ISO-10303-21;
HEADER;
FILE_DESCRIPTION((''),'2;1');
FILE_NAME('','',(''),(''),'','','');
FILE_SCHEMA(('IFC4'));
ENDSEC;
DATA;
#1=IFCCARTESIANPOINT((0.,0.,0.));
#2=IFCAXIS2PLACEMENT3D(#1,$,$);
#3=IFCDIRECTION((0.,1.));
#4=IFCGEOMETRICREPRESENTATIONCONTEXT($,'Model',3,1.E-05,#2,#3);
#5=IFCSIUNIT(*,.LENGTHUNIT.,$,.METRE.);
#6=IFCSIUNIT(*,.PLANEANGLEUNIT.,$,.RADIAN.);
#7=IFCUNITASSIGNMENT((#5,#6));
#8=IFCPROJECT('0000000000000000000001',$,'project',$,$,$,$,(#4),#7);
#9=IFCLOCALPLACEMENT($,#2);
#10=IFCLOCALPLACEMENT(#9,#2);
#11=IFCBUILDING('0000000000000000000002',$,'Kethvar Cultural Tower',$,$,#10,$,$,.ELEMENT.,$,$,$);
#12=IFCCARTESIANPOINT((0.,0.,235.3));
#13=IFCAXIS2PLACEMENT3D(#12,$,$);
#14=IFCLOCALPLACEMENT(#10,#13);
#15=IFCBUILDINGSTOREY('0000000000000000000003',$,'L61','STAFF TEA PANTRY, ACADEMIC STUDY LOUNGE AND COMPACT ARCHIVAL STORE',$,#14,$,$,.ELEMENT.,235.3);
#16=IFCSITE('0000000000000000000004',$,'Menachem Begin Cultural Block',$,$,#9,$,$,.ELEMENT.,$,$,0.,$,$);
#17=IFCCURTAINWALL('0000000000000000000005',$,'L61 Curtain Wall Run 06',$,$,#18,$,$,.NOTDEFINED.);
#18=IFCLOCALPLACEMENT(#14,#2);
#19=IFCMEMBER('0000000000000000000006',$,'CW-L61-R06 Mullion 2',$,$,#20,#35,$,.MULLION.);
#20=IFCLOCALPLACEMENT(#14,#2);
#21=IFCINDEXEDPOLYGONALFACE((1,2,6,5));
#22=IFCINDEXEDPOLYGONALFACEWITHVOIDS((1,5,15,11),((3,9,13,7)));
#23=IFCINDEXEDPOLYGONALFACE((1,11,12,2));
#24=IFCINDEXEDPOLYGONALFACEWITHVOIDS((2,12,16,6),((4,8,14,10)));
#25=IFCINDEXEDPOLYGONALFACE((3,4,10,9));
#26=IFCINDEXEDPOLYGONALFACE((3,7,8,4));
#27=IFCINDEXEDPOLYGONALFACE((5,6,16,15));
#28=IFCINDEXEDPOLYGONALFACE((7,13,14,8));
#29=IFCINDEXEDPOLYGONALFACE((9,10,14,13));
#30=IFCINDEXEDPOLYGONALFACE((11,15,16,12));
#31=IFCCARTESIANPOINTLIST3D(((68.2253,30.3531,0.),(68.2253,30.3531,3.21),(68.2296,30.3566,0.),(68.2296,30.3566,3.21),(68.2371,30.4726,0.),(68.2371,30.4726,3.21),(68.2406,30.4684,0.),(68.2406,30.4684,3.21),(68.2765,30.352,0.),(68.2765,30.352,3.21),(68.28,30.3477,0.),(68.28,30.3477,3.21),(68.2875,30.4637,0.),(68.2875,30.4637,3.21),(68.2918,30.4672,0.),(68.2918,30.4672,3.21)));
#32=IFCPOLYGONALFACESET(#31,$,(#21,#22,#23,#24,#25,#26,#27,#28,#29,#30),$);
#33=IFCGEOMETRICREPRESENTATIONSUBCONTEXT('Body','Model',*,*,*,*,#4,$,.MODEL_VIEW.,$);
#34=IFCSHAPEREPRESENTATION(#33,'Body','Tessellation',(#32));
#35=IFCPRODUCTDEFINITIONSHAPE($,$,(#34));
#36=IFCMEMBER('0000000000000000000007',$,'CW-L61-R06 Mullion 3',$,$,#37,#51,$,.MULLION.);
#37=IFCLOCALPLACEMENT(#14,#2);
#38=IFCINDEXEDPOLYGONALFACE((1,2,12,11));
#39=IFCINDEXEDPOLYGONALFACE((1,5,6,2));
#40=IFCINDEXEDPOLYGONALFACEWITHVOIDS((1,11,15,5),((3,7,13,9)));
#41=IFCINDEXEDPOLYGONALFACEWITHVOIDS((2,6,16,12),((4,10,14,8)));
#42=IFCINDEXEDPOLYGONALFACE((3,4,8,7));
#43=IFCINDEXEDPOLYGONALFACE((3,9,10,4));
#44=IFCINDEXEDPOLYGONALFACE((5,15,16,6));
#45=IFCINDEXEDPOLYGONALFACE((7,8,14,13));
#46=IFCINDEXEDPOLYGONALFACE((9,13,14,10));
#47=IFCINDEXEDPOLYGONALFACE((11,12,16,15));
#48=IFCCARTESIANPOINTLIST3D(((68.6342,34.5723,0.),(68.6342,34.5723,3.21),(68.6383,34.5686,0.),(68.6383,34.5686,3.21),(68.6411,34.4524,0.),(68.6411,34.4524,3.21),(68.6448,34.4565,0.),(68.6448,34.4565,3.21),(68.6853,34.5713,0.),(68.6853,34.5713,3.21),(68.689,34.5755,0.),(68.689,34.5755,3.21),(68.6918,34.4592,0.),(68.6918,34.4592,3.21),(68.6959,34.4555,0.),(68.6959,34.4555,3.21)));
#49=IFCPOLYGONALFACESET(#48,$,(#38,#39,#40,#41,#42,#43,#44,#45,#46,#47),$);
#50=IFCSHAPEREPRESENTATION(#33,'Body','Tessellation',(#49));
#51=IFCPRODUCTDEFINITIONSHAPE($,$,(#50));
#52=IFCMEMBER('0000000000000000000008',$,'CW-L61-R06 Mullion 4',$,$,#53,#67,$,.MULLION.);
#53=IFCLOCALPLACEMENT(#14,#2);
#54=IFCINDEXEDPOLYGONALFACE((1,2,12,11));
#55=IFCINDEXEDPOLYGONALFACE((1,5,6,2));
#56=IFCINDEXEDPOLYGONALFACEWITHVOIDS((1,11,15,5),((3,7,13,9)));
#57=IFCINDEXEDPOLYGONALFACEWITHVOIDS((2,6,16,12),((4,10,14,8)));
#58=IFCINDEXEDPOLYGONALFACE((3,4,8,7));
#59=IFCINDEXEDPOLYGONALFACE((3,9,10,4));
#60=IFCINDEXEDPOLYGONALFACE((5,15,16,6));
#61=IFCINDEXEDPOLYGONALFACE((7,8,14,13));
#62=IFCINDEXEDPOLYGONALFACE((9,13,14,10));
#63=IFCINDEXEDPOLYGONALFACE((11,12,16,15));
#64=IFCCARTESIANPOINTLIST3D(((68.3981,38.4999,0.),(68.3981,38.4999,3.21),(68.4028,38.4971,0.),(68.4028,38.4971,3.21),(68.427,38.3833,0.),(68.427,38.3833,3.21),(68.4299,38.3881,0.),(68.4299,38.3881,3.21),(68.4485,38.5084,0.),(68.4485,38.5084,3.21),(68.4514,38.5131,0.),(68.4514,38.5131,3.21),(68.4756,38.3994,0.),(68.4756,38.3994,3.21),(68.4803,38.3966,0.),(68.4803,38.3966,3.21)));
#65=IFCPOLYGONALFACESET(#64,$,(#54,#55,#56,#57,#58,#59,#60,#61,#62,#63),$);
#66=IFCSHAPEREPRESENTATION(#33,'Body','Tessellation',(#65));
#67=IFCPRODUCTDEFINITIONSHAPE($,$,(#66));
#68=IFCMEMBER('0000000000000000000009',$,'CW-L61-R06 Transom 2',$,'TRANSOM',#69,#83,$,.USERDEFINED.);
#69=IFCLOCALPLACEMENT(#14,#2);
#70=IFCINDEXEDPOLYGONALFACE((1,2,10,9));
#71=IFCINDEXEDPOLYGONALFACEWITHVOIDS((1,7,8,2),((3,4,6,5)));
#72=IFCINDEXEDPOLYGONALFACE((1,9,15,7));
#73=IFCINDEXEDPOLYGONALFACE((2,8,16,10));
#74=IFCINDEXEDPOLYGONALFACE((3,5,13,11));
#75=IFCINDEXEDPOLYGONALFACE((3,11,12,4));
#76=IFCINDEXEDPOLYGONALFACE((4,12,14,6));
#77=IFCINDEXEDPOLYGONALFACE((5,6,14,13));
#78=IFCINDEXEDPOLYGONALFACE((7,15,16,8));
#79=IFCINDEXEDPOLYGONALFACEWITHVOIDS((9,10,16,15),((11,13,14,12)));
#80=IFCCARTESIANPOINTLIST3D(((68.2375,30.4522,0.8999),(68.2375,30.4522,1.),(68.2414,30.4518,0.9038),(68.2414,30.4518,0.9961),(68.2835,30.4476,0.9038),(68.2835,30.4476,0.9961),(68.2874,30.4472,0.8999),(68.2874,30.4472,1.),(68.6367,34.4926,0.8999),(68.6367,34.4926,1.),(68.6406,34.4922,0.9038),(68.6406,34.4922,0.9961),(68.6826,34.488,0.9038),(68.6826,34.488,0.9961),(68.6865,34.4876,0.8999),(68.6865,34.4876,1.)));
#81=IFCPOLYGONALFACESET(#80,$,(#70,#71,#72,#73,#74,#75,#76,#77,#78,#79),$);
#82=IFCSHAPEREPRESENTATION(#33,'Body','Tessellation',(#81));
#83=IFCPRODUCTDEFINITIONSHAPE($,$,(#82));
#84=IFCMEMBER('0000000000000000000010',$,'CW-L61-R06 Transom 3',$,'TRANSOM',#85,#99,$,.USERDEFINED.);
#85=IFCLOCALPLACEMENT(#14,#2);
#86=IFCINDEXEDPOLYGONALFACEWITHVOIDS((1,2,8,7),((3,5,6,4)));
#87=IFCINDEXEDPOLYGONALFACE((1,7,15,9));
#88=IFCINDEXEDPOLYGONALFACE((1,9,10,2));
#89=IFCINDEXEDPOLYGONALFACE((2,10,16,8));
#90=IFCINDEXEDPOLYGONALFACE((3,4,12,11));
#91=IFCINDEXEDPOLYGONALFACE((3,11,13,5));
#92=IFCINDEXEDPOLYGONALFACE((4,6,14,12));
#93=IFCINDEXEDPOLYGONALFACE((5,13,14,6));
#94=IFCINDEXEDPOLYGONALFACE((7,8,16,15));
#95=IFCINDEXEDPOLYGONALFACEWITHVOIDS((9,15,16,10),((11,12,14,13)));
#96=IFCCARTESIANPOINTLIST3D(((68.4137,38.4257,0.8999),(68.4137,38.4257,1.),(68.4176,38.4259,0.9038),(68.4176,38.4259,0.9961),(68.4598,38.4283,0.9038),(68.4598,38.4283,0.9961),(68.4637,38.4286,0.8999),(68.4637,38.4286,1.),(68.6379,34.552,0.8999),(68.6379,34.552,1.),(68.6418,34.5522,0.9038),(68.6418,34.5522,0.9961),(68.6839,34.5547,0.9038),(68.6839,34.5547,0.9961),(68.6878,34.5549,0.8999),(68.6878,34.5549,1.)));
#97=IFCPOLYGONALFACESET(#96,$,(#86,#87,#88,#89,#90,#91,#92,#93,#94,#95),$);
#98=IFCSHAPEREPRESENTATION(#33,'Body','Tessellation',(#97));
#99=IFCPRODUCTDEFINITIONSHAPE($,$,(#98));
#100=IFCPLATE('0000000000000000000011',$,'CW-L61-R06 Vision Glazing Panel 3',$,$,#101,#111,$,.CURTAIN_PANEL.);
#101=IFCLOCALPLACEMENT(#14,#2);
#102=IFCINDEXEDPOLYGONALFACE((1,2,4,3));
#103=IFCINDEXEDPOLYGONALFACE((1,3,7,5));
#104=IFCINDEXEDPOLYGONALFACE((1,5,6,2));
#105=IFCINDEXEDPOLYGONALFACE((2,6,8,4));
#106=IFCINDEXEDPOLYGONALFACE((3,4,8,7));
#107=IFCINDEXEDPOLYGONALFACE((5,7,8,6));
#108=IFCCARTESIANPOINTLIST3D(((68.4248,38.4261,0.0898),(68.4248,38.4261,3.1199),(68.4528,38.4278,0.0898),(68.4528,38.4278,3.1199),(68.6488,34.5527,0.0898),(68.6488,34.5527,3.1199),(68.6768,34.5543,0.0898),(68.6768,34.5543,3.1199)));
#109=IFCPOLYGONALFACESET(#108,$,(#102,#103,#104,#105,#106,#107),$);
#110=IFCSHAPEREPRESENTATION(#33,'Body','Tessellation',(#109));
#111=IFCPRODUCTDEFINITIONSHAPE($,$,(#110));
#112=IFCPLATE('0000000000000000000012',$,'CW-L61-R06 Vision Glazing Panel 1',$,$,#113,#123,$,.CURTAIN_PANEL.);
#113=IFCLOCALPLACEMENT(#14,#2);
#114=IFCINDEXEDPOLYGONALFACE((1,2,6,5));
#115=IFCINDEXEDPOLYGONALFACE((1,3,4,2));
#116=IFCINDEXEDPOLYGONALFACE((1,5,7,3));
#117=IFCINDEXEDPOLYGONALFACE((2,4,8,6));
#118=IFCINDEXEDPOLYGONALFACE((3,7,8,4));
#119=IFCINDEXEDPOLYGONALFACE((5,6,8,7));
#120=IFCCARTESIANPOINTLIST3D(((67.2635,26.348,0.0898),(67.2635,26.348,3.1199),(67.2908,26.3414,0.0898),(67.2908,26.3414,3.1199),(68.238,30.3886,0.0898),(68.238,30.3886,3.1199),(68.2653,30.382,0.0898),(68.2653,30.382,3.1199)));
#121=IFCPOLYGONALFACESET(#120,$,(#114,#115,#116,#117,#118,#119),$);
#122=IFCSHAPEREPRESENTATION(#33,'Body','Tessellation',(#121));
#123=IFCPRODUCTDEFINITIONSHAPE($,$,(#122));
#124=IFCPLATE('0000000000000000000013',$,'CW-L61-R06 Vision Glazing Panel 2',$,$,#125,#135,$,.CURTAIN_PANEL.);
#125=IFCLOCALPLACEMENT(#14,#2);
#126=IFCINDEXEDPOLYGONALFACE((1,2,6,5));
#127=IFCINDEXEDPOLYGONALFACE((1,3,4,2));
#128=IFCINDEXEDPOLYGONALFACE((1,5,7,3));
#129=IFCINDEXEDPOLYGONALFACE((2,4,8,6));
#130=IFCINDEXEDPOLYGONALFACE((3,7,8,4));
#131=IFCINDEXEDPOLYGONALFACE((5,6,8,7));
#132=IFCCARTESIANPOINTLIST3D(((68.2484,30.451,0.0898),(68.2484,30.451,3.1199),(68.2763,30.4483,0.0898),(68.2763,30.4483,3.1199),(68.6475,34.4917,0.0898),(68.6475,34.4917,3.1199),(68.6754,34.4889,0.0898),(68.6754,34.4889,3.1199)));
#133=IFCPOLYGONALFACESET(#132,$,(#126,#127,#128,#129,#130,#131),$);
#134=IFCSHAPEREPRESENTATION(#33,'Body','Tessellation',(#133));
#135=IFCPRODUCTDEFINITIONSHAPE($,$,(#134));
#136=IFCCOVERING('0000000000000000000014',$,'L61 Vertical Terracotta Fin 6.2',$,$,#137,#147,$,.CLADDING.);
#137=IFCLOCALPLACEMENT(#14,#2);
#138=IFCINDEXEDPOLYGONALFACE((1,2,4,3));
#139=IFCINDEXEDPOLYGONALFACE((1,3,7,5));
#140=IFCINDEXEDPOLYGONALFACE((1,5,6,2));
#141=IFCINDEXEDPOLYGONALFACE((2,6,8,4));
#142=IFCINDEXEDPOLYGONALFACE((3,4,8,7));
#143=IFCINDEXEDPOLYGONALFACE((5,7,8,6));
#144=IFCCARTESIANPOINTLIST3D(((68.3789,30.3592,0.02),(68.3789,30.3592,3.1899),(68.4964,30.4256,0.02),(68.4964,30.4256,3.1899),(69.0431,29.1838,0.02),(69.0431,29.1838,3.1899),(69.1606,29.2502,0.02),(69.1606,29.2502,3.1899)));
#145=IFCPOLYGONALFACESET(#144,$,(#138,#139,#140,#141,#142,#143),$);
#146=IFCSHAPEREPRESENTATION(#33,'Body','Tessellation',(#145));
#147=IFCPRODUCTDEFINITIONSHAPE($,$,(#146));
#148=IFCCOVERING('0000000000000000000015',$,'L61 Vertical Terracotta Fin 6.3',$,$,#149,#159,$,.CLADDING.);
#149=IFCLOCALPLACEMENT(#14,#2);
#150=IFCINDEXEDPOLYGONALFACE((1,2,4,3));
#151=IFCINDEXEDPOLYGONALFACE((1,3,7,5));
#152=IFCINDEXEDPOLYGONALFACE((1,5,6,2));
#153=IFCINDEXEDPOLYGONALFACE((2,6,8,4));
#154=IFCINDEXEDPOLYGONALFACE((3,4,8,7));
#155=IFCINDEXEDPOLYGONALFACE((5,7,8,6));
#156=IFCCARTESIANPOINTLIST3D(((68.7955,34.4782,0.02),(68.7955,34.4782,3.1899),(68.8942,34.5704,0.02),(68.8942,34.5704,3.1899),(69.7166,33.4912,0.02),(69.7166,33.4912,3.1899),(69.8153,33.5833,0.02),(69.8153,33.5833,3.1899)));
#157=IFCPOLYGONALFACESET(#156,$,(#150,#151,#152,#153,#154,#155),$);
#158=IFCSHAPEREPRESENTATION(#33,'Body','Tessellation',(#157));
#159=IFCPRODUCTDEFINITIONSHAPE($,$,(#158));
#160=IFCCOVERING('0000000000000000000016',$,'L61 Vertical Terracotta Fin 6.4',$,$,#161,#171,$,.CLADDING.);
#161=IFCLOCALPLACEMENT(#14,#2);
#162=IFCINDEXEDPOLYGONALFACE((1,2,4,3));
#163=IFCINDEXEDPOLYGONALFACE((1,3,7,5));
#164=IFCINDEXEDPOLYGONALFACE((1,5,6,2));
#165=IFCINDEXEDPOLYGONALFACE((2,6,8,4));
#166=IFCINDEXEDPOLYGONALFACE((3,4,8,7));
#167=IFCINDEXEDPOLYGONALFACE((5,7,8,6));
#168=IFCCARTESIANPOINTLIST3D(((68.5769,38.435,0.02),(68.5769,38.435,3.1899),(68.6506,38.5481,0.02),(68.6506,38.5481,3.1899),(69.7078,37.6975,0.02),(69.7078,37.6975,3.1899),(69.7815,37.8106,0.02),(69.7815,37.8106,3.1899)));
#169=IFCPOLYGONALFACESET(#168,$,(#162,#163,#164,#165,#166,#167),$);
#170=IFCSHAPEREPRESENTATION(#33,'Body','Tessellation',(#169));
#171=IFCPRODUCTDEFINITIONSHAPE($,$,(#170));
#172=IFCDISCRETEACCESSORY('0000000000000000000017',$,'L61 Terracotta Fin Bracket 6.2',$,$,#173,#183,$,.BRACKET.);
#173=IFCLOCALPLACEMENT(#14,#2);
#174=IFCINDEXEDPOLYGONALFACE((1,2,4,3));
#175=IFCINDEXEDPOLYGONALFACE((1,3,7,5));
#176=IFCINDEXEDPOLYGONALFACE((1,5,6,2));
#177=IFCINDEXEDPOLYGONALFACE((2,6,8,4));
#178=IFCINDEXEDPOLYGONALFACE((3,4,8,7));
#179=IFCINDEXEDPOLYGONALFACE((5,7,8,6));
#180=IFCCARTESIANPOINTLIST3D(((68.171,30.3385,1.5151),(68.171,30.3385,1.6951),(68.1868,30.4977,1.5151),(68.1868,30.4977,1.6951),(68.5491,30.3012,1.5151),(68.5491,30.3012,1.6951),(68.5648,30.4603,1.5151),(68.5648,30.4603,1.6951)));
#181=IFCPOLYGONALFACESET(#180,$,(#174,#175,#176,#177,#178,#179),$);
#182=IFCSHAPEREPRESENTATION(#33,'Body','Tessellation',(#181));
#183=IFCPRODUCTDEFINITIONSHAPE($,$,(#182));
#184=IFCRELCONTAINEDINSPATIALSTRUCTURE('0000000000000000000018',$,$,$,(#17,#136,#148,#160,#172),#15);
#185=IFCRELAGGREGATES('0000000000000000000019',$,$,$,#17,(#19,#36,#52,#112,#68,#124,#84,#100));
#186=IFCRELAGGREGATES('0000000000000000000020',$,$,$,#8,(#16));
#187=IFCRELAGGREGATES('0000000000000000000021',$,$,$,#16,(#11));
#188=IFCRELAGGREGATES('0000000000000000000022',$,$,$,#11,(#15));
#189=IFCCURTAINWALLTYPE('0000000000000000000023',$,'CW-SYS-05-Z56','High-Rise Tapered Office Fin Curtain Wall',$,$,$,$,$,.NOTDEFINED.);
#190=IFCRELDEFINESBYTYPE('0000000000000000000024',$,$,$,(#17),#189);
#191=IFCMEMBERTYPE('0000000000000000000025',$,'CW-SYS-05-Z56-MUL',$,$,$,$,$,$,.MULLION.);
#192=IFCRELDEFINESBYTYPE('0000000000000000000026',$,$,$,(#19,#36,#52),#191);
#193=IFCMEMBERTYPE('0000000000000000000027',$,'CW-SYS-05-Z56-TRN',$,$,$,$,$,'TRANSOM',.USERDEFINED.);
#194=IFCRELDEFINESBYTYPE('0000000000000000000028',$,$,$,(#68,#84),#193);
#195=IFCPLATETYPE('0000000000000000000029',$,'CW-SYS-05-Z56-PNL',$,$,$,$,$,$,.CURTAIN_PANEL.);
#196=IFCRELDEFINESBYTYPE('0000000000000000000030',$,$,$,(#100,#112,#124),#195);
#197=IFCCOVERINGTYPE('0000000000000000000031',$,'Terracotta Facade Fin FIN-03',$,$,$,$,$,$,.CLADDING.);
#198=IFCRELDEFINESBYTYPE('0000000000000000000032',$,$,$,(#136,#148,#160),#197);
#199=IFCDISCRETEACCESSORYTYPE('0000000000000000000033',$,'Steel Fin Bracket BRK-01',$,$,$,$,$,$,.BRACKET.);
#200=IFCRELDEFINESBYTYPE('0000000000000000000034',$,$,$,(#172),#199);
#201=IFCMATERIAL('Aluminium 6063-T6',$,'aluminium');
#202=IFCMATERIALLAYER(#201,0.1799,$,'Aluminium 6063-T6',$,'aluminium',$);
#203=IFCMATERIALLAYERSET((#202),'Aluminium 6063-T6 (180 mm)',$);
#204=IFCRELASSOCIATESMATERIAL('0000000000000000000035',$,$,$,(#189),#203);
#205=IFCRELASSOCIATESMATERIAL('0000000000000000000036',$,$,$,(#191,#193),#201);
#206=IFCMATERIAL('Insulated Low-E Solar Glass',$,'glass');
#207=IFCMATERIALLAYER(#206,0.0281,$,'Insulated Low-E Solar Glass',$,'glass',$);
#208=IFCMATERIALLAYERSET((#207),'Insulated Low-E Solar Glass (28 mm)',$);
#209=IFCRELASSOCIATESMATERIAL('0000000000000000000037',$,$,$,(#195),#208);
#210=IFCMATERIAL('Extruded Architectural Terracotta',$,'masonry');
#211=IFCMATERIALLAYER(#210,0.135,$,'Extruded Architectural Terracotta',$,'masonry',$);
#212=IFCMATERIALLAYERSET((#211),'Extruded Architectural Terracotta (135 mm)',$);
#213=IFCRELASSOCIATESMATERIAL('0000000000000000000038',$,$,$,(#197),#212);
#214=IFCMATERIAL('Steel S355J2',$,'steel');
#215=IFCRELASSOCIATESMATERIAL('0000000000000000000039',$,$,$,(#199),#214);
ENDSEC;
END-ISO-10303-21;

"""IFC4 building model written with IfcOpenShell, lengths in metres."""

from ifc_helpers import new_model, si_unit, direction, frame, origin, origin_2d, place, context, subcontext, project, spatial, rectangle, hollow_rectangle, extrude, source, transform, mapped, material, layer, layer_set, material_profile, profile_set, type_object, element, aggregate, save


model = new_model("IFC4")

# Units and contexts
model_context = context("Model", 3, precision=1e-05, world=origin(), true_north=direction((0.0, 1.0)))
body_context = subcontext(model_context, "Body", "Model", "MODEL_VIEW")
ifc_project = project(units=[si_unit("LENGTHUNIT", "METRE"), si_unit("PLANEANGLEUNIT", "RADIAN")], contexts=[model_context])

# Site, building, storey
site_placement = place(None, origin())
site = spatial("IfcSite", under=ifc_project, at=site_placement, Name="Menachem Begin Cultural Block", CompositionType="ELEMENT", RefElevation=0.0)
building_placement = place(site_placement, origin())
building = spatial("IfcBuilding", under=site, at=building_placement, Name="Kethvar Cultural Tower", CompositionType="ELEMENT")
storey_placement = place(building_placement, frame((0.0, 0.0, 235.3)))
storey = spatial("IfcBuildingStorey", under=building, at=storey_placement, Name="L61", Description="STAFF TEA PANTRY, ACADEMIC STUDY LOUNGE AND COMPACT ARCHIVAL STORE", CompositionType="ELEMENT", Elevation=235.3)

# Curtain wall, members, plates
ifc_material_1 = material(Name="Aluminium 6063-T6", Category="aluminium")
ifc_layer_1 = layer(ifc_material_1, 0.1799, Name="Aluminium 6063-T6", Category="aluminium")
ifc_layer_set_1 = layer_set([ifc_layer_1], Name="Aluminium 6063-T6 (180 mm)")
curtain_wall_type = type_object("IfcCurtainWallType", Name="CW-SYS-05-Z56", Description="High-Rise Tapered Office Fin Curtain Wall", PredefinedType="NOTDEFINED", material=ifc_layer_set_1)
curtain_wall_placement = place(storey_placement, origin())
curtain_wall = element("IfcCurtainWall", 1, at=curtain_wall_placement, inside=storey, type_object=curtain_wall_type, Name="L61 Curtain Wall Run 06", PredefinedType="NOTDEFINED")
ifc_material_profile_1 = material_profile(ifc_material_1, hollow_rectangle(XDim=0.0549, YDim=0.1201, WallThickness=0.0039, at=origin_2d()), Name="Aluminium 6063-T6 — RHS120x55x4")
ifc_profile_set_1 = profile_set([ifc_material_profile_1], Name="Aluminium 6063-T6 — RHS120x55x4")
member_type_1 = type_object("IfcMemberType", Name="CW-SYS-05-Z56-MUL", PredefinedType="MULLION", material=ifc_profile_set_1)
shared_shape_1 = source(origin(), body_context, "Body", "SweptSolid", [
    extrude(hollow_rectangle(XDim=0.0549, YDim=0.1201, WallThickness=0.0039, at=origin_2d()), origin(), (0.0, 0.0, 1.0), 3.21),
])
member_1_placement = place(storey_placement, frame((68.2585, 30.4102, 0.0), z_axis=(0.0, 0.0, 1.0), x_axis=(-0.995157, 0.098295, 0.0)))
member_1 = element("IfcMember", 2, at=member_1_placement, type_object=member_type_1, Name="CW-L61-R06 Mullion 2", PredefinedType="MULLION", context=body_context, shape_type="MappedRepresentation", body=[
    mapped(shared_shape_1, transform((0.0, 0.0, 0.0), scale=1.0)),
])
member_2_placement = place(storey_placement, frame((68.665, 34.5139, 0.0), z_axis=(0.0, 0.0, 1.0), x_axis=(-0.998332, -0.057738, 0.0)))
member_2 = element("IfcMember", 3, at=member_2_placement, type_object=member_type_1, Name="CW-L61-R06 Mullion 3", PredefinedType="MULLION", context=body_context, shape_type="MappedRepresentation", body=[
    mapped(shared_shape_1, transform((0.0, 0.0, 0.0), scale=1.0)),
])
member_3_placement = place(storey_placement, frame((68.4392, 38.4482, 0.0), z_axis=(0.0, 0.0, 1.0), x_axis=(-0.970528, -0.24099, 0.0)))
member_3 = element("IfcMember", 4, at=member_3_placement, type_object=member_type_1, Name="CW-L61-R06 Mullion 4", PredefinedType="MULLION", context=body_context, shape_type="MappedRepresentation", body=[
    mapped(shared_shape_1, transform((0.0, 0.0, 0.0), scale=1.0)),
])
ifc_material_profile_2 = material_profile(ifc_material_1, hollow_rectangle(XDim=0.05, YDim=0.1001, WallThickness=0.0039, at=origin_2d()), Name="Aluminium 6063-T6 — RHS100x50x4")
ifc_profile_set_2 = profile_set([ifc_material_profile_2], Name="Aluminium 6063-T6 — RHS100x50x4")
member_type_2 = type_object("IfcMemberType", Name="CW-SYS-05-Z56-TRN", ElementType="TRANSOM", PredefinedType="USERDEFINED", material=ifc_profile_set_2)
shared_shape_2 = source(origin(), body_context, "Body", "SweptSolid", [
    extrude(hollow_rectangle(XDim=0.05, YDim=0.1001, WallThickness=0.0039, at=origin_2d()), origin(), (0.0, 0.0, 1.0), 4.0601),
])
member_4_placement = place(storey_placement, frame((68.2625, 30.4497, 0.95), z_axis=(0.098319, 0.995155, 0.0), x_axis=(-0.995155, 0.098319, 0.0)))
member_4 = element("IfcMember", 5, at=member_4_placement, type_object=member_type_2, Name="CW-L61-R06 Transom 2", ObjectType="TRANSOM", PredefinedType="USERDEFINED", context=body_context, shape_type="MappedRepresentation", body=[
    mapped(shared_shape_2, transform((0.0, 0.0, 0.0), scale=1.0)),
])
shared_shape_3 = source(origin(), body_context, "Body", "SweptSolid", [
    extrude(hollow_rectangle(XDim=0.05, YDim=0.1001, WallThickness=0.0039, at=origin_2d()), origin(), (0.0, 0.0, 1.0), 3.8801),
])
member_5_placement = place(storey_placement, frame((68.6628, 34.5535, 0.95), z_axis=(-0.057763, 0.99833, 0.0), x_axis=(-0.99833, -0.057763, 0.0)))
member_5 = element("IfcMember", 6, at=member_5_placement, type_object=member_type_2, Name="CW-L61-R06 Transom 3", ObjectType="TRANSOM", PredefinedType="USERDEFINED", context=body_context, shape_type="MappedRepresentation", body=[
    mapped(shared_shape_3, transform((0.0, 0.0, 0.0), scale=1.0)),
])
ifc_material_2 = material(Name="Insulated Low-E Solar Glass", Category="glass")
ifc_layer_2 = layer(ifc_material_2, 0.0281, Name="Insulated Low-E Solar Glass", Category="glass")
ifc_layer_set_2 = layer_set([ifc_layer_2], Name="Insulated Low-E Solar Glass (28 mm)")
plate_type = type_object("IfcPlateType", Name="CW-SYS-05-Z56-PNL", PredefinedType="CURTAIN_PANEL", material=ifc_layer_set_2)
shared_shape_4 = source(origin(), body_context, "Body", "SweptSolid", [
    extrude(rectangle(XDim=3.8799, YDim=0.0281, at=origin_2d()), origin(), (0.0, 0.0, 1.0), 3.03),
])
plate_1_placement = place(storey_placement, frame((68.5508, 36.4902, 0.0898), z_axis=(0.0, 0.0, 1.0), x_axis=(-0.057738, 0.998332, 0.0)))
plate_1 = element("IfcPlate", 7, at=plate_1_placement, type_object=plate_type, Name="CW-L61-R06 Vision Glazing Panel 3", PredefinedType="CURTAIN_PANEL", context=body_context, shape_type="MappedRepresentation", body=[
    mapped(shared_shape_4, transform((0.0, 0.0, 0.0), scale=1.0)),
])
shared_shape_5 = source(origin(), body_context, "Body", "SweptSolid", [
    extrude(rectangle(XDim=4.1565, YDim=0.0281, at=origin_2d()), origin(), (0.0, 0.0, 1.0), 3.03),
])
plate_2_placement = place(storey_placement, frame((67.7644, 28.365, 0.0898), z_axis=(0.0, 0.0, 1.0), x_axis=(0.234447, 0.972129, 0.0)))
plate_2 = element("IfcPlate", 8, at=plate_2_placement, type_object=plate_type, Name="CW-L61-R06 Vision Glazing Panel 1", PredefinedType="CURTAIN_PANEL", context=body_context, shape_type="MappedRepresentation", body=[
    mapped(shared_shape_5, transform((0.0, 0.0, 0.0), scale=1.0)),
])
shared_shape_6 = source(origin(), body_context, "Body", "SweptSolid", [
    extrude(rectangle(XDim=4.0603, YDim=0.0281, at=origin_2d()), origin(), (0.0, 0.0, 1.0), 3.03),
])
plate_3_placement = place(storey_placement, frame((68.4619, 32.47, 0.0898), z_axis=(0.0, 0.0, 1.0), x_axis=(0.098295, 0.995157, 0.0)))
plate_3 = element("IfcPlate", 9, at=plate_3_placement, type_object=plate_type, Name="CW-L61-R06 Vision Glazing Panel 2", PredefinedType="CURTAIN_PANEL", context=body_context, shape_type="MappedRepresentation", body=[
    mapped(shared_shape_6, transform((0.0, 0.0, 0.0), scale=1.0)),
])
aggregate(curtain_wall, [member_1, member_2, member_3, plate_2, member_4, plate_3, member_5, plate_1])

# Coverings
ifc_material_3 = material(Name="Extruded Architectural Terracotta", Category="masonry")
ifc_layer_3 = layer(ifc_material_3, 0.135, Name="Extruded Architectural Terracotta", Category="masonry")
ifc_layer_set_3 = layer_set([ifc_layer_3], Name="Extruded Architectural Terracotta (135 mm)")
covering_type = type_object("IfcCoveringType", Name="Terracotta Facade Fin FIN-03", PredefinedType="CLADDING", material=ifc_layer_set_3)
shared_shape_7 = source(origin(), body_context, "Body", "SweptSolid", [
    extrude(rectangle(XDim=1.3501, YDim=0.135, at=origin_2d()), origin(), (0.0, 0.0, 1.0), 3.1699),
])
for number, where, z_axis, x_axis, name in (
    (10, (68.7698, 29.8047, 0.02), (0.0, 0.0, 1.0), (0.491968, -0.870613, 0.0), "L61 Vertical Terracotta Fin 6.2"),
    (11, (69.3054, 34.0308, 0.02), (0.0, 0.0, 1.0), (0.682254, -0.731116, 0.0), "L61 Vertical Terracotta Fin 6.3"),
    (12, (69.1792, 38.1228, 0.02), (0.0, 0.0, 1.0), (0.837623, -0.546248, 0.0), "L61 Vertical Terracotta Fin 6.4"),
):
    element("IfcCovering", number, at=place(storey_placement, frame(where, z_axis=z_axis, x_axis=x_axis)), inside=storey, type_object=covering_type, Name=name, PredefinedType="CLADDING", context=body_context, shape_type="MappedRepresentation", body=[
        mapped(shared_shape_7, transform((0.0, 0.0, 0.0), scale=1.0)),
    ])

# Discrete accessory
ifc_material_4 = material(Name="Steel S355J2", Category="steel")
discrete_accessory_type = type_object("IfcDiscreteAccessoryType", Name="Steel Fin Bracket BRK-01", PredefinedType="BRACKET", material=ifc_material_4)
shared_shape_8 = source(origin(), body_context, "Body", "SweptSolid", [
    extrude(rectangle(XDim=0.3799, YDim=0.1599, at=origin_2d()), origin(), (0.0, 0.0, 1.0), 0.1799),
])
for number, where, z_axis, x_axis, name in (
    (13, (68.3679, 30.3994, 1.5151), (0.0, 0.0, 1.0), (0.995159, -0.098278, 0.0), "L61 Terracotta Fin Bracket 6.2"),
):
    element("IfcDiscreteAccessory", number, at=place(storey_placement, frame(where, z_axis=z_axis, x_axis=x_axis)), inside=storey, type_object=discrete_accessory_type, Name=name, PredefinedType="BRACKET", context=body_context, shape_type="MappedRepresentation", body=[
        mapped(shared_shape_8, transform((0.0, 0.0, 0.0), scale=1.0)),
    ])

save(model, "model.ifc")
